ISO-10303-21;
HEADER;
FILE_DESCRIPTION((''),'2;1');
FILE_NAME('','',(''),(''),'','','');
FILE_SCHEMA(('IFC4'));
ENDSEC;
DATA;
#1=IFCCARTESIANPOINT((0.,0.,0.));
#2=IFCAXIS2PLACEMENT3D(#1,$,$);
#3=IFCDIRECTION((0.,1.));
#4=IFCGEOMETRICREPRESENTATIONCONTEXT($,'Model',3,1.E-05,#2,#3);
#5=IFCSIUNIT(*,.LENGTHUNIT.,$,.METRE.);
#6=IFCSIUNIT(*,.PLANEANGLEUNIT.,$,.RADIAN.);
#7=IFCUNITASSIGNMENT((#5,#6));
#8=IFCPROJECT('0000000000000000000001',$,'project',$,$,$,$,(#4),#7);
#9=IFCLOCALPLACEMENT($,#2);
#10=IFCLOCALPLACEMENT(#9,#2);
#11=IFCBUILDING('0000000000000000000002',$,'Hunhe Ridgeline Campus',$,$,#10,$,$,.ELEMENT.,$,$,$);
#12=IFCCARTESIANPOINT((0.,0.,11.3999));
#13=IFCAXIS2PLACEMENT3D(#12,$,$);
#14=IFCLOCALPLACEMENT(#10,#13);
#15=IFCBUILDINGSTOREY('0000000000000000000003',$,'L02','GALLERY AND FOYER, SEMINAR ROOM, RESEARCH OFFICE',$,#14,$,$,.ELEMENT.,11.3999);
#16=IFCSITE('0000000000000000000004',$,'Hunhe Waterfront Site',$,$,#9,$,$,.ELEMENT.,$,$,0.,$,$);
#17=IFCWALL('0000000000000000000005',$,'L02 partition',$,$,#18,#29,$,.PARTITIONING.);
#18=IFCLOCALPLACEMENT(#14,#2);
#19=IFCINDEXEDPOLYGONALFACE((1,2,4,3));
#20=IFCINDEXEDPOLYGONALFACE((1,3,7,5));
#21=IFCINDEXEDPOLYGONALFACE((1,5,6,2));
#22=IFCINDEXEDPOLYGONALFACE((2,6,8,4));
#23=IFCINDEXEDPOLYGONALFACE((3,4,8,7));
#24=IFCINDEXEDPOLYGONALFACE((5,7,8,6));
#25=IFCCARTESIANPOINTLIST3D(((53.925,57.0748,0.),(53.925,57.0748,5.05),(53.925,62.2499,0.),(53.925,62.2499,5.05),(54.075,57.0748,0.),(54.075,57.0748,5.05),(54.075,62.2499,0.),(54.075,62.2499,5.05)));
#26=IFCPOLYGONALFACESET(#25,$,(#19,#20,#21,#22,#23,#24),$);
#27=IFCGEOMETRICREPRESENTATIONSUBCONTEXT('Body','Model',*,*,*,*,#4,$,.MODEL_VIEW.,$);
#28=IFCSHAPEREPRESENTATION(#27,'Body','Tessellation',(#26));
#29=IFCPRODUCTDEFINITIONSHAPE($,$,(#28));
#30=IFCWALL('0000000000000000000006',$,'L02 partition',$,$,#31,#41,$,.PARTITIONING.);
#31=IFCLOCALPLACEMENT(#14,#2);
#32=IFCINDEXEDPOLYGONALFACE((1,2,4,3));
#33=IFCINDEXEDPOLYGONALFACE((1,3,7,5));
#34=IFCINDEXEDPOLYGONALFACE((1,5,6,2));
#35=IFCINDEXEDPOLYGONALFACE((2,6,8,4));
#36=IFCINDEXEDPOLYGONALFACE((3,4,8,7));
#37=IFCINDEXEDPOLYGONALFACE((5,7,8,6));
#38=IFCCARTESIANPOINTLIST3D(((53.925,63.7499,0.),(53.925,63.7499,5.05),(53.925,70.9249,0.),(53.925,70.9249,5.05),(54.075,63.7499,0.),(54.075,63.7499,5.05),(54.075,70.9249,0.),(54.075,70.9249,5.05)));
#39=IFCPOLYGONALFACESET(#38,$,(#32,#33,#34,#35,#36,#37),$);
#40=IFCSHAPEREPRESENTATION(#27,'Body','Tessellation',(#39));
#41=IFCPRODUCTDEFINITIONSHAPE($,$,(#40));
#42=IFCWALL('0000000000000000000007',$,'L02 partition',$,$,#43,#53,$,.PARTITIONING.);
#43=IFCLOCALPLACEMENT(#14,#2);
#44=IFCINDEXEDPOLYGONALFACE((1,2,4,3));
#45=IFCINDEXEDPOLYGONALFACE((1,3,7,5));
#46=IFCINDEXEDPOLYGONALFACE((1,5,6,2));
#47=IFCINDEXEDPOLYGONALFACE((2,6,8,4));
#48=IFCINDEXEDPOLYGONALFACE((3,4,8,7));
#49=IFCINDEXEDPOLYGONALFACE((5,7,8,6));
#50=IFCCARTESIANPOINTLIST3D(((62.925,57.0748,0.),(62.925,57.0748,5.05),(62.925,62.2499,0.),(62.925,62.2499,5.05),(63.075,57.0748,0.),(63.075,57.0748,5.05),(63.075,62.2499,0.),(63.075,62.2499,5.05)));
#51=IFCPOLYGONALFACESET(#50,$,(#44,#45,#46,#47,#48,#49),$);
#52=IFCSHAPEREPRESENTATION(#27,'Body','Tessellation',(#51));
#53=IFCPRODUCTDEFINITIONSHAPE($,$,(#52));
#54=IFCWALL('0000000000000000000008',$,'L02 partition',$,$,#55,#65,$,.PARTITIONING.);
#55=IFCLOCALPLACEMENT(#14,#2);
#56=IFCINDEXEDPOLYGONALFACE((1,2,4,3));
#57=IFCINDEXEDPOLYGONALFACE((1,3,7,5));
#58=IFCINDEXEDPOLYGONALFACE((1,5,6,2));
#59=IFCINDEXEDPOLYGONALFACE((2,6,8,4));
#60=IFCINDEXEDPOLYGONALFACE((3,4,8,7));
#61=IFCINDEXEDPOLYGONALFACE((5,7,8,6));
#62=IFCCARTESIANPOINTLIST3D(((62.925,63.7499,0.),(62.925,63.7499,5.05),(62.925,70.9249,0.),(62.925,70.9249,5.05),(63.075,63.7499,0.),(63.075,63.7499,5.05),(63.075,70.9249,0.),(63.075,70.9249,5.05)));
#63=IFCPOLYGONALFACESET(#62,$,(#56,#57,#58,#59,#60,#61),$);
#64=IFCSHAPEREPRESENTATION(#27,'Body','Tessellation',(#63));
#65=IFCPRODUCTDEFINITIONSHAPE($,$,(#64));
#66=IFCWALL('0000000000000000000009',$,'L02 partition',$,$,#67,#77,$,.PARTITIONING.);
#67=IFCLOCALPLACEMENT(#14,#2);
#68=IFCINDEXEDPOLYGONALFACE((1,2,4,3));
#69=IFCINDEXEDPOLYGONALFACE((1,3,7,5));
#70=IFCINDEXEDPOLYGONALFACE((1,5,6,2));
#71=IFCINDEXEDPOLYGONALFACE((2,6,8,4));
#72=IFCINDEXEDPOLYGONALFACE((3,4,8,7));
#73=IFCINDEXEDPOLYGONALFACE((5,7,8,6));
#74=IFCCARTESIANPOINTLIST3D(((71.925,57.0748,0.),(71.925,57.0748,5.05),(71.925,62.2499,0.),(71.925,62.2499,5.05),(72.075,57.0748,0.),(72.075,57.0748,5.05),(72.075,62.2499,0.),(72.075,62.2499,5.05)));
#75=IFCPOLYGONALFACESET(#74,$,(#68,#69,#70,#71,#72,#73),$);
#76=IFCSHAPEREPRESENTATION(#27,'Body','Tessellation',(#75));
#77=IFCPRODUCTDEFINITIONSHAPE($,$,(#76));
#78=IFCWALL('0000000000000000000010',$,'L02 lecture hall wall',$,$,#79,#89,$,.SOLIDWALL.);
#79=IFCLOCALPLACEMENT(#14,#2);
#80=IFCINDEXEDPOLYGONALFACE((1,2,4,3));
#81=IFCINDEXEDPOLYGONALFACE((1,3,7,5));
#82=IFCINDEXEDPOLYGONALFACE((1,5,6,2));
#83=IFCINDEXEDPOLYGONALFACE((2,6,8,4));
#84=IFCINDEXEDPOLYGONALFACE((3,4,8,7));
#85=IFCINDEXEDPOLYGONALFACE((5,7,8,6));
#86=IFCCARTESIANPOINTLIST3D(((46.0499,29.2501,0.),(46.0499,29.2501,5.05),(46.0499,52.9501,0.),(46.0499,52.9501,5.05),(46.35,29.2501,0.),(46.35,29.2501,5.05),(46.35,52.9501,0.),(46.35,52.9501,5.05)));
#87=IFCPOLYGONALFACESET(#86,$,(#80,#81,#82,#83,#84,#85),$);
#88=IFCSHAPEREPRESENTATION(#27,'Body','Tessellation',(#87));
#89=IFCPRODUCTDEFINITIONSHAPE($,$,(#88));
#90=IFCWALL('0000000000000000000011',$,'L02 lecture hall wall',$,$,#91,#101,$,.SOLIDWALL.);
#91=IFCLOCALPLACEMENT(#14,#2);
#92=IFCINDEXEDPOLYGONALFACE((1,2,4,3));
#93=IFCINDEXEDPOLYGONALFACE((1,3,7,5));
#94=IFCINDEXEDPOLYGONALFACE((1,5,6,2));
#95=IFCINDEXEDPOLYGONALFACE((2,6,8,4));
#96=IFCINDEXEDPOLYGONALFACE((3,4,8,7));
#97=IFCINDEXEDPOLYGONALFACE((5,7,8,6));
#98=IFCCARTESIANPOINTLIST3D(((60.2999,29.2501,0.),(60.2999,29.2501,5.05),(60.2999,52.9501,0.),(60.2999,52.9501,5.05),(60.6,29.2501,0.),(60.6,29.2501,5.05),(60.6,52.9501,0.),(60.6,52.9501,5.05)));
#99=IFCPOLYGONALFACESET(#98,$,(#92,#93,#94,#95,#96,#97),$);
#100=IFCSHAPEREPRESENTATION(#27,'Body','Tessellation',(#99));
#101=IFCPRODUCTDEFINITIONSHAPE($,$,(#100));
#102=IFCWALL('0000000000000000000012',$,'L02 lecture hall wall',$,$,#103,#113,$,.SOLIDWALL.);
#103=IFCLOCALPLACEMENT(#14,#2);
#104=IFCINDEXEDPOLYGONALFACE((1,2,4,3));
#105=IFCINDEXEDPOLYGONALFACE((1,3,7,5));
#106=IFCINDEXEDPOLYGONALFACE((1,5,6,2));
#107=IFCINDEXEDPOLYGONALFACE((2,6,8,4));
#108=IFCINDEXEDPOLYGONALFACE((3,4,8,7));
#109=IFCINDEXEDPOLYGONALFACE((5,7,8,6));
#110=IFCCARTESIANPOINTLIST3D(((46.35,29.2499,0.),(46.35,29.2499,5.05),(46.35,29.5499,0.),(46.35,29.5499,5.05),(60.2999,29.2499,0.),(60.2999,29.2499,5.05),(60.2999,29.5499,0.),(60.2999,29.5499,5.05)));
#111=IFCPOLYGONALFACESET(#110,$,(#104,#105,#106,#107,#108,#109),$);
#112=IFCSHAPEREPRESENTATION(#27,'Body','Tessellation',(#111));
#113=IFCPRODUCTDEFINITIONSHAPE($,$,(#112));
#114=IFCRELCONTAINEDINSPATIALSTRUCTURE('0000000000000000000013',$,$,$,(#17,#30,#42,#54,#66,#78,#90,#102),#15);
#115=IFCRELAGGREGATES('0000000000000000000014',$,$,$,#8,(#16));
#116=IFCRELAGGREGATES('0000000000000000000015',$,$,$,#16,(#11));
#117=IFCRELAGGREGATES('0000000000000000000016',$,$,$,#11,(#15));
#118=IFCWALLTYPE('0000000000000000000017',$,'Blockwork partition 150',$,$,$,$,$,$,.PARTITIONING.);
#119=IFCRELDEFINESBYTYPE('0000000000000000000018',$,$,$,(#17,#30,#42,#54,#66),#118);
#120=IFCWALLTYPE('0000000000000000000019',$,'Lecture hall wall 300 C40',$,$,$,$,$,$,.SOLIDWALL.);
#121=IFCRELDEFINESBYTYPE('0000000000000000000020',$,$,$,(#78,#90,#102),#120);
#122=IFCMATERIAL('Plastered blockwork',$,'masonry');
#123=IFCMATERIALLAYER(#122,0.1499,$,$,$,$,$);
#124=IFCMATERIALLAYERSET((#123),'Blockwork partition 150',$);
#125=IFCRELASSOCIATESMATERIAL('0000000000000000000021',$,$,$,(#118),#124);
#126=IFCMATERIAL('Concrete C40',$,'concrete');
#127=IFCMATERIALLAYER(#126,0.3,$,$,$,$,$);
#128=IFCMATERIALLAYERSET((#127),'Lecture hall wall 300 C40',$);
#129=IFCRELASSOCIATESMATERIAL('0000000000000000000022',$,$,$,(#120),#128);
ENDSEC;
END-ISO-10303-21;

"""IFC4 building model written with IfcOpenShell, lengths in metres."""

from ifc_helpers import new_model, si_unit, direction, frame, frame_2d, origin, place, context, subcontext, project, spatial, rectangle, extrude, material, layer, layer_set, type_object, element, save


model = new_model("IFC4")

# Units and contexts
model_context = context("Model", 3, precision=1e-05, world=origin(), true_north=direction((0.0, 1.0)))
body_context = subcontext(model_context, "Body", "Model", "MODEL_VIEW")
ifc_project = project(units=[si_unit("LENGTHUNIT", "METRE"), si_unit("PLANEANGLEUNIT", "RADIAN")], contexts=[model_context])

# Site, building, storey
site_placement = place(None, origin())
site = spatial("IfcSite", under=ifc_project, at=site_placement, Name="Hunhe Waterfront Site", CompositionType="ELEMENT", RefElevation=0.0)
building_placement = place(site_placement, origin())
building = spatial("IfcBuilding", under=site, at=building_placement, Name="Hunhe Ridgeline Campus", CompositionType="ELEMENT")
storey_placement = place(building_placement, frame((0.0, 0.0, 11.3999)))
storey = spatial("IfcBuildingStorey", under=building, at=storey_placement, Name="L02", Description="GALLERY AND FOYER, SEMINAR ROOM, RESEARCH OFFICE", CompositionType="ELEMENT", Elevation=11.3999)

# Walls
ifc_material_1 = material(Name="Plastered blockwork", Category="masonry")
ifc_layer_1 = layer(ifc_material_1, 0.1499)
ifc_layer_set_1 = layer_set([ifc_layer_1], Name="Blockwork partition 150")
wall_type_1 = type_object("IfcWallType", Name="Blockwork partition 150", PredefinedType="PARTITIONING", material=ifc_layer_set_1)
wall_1_placement = place(storey_placement, frame((54.0, 57.075, 0.0), z_axis=(0.0, 0.0, 1.0), x_axis=(0.0, 1.0, 0.0)))
element("IfcWall", 1, at=wall_1_placement, inside=storey, type_object=wall_type_1, Name="L02 partition", PredefinedType="PARTITIONING", context=body_context, shape_type="SweptSolid", body=[
    extrude(rectangle(XDim=5.175, YDim=0.1499, at=frame_2d((2.5874, 0.0))), origin(), (0.0, 0.0, 1.0), 5.05),
])
wall_2_placement = place(storey_placement, frame((54.0, 63.75, 0.0), z_axis=(0.0, 0.0, 1.0), x_axis=(0.0, 1.0, 0.0)))
element("IfcWall", 2, at=wall_2_placement, inside=storey, type_object=wall_type_1, Name="L02 partition", PredefinedType="PARTITIONING", context=body_context, shape_type="SweptSolid", body=[
    extrude(rectangle(XDim=7.175, YDim=0.1499, at=frame_2d((3.5874, 0.0))), origin(), (0.0, 0.0, 1.0), 5.05),
])
wall_3_placement = place(storey_placement, frame((63.0, 57.075, 0.0), z_axis=(0.0, 0.0, 1.0), x_axis=(0.0, 1.0, 0.0)))
element("IfcWall", 3, at=wall_3_placement, inside=storey, type_object=wall_type_1, Name="L02 partition", PredefinedType="PARTITIONING", context=body_context, shape_type="SweptSolid", body=[
    extrude(rectangle(XDim=5.175, YDim=0.1499, at=frame_2d((2.5874, 0.0))), origin(), (0.0, 0.0, 1.0), 5.05),
])
wall_4_placement = place(storey_placement, frame((63.0, 63.75, 0.0), z_axis=(0.0, 0.0, 1.0), x_axis=(0.0, 1.0, 0.0)))
element("IfcWall", 4, at=wall_4_placement, inside=storey, type_object=wall_type_1, Name="L02 partition", PredefinedType="PARTITIONING", context=body_context, shape_type="SweptSolid", body=[
    extrude(rectangle(XDim=7.175, YDim=0.1499, at=frame_2d((3.5874, 0.0))), origin(), (0.0, 0.0, 1.0), 5.05),
])
wall_5_placement = place(storey_placement, frame((72.0, 57.075, 0.0), z_axis=(0.0, 0.0, 1.0), x_axis=(0.0, 1.0, 0.0)))
element("IfcWall", 5, at=wall_5_placement, inside=storey, type_object=wall_type_1, Name="L02 partition", PredefinedType="PARTITIONING", context=body_context, shape_type="SweptSolid", body=[
    extrude(rectangle(XDim=5.175, YDim=0.1499, at=frame_2d((2.5874, 0.0))), origin(), (0.0, 0.0, 1.0), 5.05),
])
ifc_material_2 = material(Name="Concrete C40", Category="concrete")
ifc_layer_2 = layer(ifc_material_2, 0.3)
ifc_layer_set_2 = layer_set([ifc_layer_2], Name="Lecture hall wall 300 C40")
wall_type_2 = type_object("IfcWallType", Name="Lecture hall wall 300 C40", PredefinedType="SOLIDWALL", material=ifc_layer_set_2)
for number, where, z_axis, x_axis, name in (
    (6, (46.2, 29.25, 0.0), (0.0, 0.0, 1.0), (0.0, 1.0, 0.0), "L02 lecture hall wall"),
    (7, (60.45, 29.25, 0.0), (0.0, 0.0, 1.0), (0.0, 1.0, 0.0), "L02 lecture hall wall"),
):
    element("IfcWall", number, at=place(storey_placement, frame(where, z_axis=z_axis, x_axis=x_axis)), inside=storey, type_object=wall_type_2, Name=name, PredefinedType="SOLIDWALL", context=body_context, shape_type="SweptSolid", body=[
        extrude(rectangle(XDim=23.7, YDim=0.3, at=frame_2d((11.8501, 0.0))), origin(), (0.0, 0.0, 1.0), 5.05),
    ])
wall_6_placement = place(storey_placement, frame((60.3, 29.3999, 0.0), z_axis=(0.0, 0.0, 1.0), x_axis=(-1.0, 0.0, 0.0)))
element("IfcWall", 8, at=wall_6_placement, inside=storey, type_object=wall_type_2, Name="L02 lecture hall wall", PredefinedType="SOLIDWALL", context=body_context, shape_type="SweptSolid", body=[
    extrude(rectangle(XDim=13.95, YDim=0.3, at=frame_2d((6.9751, 0.0))), origin(), (0.0, 0.0, 1.0), 5.05),
])

save(model, "model.ifc")
